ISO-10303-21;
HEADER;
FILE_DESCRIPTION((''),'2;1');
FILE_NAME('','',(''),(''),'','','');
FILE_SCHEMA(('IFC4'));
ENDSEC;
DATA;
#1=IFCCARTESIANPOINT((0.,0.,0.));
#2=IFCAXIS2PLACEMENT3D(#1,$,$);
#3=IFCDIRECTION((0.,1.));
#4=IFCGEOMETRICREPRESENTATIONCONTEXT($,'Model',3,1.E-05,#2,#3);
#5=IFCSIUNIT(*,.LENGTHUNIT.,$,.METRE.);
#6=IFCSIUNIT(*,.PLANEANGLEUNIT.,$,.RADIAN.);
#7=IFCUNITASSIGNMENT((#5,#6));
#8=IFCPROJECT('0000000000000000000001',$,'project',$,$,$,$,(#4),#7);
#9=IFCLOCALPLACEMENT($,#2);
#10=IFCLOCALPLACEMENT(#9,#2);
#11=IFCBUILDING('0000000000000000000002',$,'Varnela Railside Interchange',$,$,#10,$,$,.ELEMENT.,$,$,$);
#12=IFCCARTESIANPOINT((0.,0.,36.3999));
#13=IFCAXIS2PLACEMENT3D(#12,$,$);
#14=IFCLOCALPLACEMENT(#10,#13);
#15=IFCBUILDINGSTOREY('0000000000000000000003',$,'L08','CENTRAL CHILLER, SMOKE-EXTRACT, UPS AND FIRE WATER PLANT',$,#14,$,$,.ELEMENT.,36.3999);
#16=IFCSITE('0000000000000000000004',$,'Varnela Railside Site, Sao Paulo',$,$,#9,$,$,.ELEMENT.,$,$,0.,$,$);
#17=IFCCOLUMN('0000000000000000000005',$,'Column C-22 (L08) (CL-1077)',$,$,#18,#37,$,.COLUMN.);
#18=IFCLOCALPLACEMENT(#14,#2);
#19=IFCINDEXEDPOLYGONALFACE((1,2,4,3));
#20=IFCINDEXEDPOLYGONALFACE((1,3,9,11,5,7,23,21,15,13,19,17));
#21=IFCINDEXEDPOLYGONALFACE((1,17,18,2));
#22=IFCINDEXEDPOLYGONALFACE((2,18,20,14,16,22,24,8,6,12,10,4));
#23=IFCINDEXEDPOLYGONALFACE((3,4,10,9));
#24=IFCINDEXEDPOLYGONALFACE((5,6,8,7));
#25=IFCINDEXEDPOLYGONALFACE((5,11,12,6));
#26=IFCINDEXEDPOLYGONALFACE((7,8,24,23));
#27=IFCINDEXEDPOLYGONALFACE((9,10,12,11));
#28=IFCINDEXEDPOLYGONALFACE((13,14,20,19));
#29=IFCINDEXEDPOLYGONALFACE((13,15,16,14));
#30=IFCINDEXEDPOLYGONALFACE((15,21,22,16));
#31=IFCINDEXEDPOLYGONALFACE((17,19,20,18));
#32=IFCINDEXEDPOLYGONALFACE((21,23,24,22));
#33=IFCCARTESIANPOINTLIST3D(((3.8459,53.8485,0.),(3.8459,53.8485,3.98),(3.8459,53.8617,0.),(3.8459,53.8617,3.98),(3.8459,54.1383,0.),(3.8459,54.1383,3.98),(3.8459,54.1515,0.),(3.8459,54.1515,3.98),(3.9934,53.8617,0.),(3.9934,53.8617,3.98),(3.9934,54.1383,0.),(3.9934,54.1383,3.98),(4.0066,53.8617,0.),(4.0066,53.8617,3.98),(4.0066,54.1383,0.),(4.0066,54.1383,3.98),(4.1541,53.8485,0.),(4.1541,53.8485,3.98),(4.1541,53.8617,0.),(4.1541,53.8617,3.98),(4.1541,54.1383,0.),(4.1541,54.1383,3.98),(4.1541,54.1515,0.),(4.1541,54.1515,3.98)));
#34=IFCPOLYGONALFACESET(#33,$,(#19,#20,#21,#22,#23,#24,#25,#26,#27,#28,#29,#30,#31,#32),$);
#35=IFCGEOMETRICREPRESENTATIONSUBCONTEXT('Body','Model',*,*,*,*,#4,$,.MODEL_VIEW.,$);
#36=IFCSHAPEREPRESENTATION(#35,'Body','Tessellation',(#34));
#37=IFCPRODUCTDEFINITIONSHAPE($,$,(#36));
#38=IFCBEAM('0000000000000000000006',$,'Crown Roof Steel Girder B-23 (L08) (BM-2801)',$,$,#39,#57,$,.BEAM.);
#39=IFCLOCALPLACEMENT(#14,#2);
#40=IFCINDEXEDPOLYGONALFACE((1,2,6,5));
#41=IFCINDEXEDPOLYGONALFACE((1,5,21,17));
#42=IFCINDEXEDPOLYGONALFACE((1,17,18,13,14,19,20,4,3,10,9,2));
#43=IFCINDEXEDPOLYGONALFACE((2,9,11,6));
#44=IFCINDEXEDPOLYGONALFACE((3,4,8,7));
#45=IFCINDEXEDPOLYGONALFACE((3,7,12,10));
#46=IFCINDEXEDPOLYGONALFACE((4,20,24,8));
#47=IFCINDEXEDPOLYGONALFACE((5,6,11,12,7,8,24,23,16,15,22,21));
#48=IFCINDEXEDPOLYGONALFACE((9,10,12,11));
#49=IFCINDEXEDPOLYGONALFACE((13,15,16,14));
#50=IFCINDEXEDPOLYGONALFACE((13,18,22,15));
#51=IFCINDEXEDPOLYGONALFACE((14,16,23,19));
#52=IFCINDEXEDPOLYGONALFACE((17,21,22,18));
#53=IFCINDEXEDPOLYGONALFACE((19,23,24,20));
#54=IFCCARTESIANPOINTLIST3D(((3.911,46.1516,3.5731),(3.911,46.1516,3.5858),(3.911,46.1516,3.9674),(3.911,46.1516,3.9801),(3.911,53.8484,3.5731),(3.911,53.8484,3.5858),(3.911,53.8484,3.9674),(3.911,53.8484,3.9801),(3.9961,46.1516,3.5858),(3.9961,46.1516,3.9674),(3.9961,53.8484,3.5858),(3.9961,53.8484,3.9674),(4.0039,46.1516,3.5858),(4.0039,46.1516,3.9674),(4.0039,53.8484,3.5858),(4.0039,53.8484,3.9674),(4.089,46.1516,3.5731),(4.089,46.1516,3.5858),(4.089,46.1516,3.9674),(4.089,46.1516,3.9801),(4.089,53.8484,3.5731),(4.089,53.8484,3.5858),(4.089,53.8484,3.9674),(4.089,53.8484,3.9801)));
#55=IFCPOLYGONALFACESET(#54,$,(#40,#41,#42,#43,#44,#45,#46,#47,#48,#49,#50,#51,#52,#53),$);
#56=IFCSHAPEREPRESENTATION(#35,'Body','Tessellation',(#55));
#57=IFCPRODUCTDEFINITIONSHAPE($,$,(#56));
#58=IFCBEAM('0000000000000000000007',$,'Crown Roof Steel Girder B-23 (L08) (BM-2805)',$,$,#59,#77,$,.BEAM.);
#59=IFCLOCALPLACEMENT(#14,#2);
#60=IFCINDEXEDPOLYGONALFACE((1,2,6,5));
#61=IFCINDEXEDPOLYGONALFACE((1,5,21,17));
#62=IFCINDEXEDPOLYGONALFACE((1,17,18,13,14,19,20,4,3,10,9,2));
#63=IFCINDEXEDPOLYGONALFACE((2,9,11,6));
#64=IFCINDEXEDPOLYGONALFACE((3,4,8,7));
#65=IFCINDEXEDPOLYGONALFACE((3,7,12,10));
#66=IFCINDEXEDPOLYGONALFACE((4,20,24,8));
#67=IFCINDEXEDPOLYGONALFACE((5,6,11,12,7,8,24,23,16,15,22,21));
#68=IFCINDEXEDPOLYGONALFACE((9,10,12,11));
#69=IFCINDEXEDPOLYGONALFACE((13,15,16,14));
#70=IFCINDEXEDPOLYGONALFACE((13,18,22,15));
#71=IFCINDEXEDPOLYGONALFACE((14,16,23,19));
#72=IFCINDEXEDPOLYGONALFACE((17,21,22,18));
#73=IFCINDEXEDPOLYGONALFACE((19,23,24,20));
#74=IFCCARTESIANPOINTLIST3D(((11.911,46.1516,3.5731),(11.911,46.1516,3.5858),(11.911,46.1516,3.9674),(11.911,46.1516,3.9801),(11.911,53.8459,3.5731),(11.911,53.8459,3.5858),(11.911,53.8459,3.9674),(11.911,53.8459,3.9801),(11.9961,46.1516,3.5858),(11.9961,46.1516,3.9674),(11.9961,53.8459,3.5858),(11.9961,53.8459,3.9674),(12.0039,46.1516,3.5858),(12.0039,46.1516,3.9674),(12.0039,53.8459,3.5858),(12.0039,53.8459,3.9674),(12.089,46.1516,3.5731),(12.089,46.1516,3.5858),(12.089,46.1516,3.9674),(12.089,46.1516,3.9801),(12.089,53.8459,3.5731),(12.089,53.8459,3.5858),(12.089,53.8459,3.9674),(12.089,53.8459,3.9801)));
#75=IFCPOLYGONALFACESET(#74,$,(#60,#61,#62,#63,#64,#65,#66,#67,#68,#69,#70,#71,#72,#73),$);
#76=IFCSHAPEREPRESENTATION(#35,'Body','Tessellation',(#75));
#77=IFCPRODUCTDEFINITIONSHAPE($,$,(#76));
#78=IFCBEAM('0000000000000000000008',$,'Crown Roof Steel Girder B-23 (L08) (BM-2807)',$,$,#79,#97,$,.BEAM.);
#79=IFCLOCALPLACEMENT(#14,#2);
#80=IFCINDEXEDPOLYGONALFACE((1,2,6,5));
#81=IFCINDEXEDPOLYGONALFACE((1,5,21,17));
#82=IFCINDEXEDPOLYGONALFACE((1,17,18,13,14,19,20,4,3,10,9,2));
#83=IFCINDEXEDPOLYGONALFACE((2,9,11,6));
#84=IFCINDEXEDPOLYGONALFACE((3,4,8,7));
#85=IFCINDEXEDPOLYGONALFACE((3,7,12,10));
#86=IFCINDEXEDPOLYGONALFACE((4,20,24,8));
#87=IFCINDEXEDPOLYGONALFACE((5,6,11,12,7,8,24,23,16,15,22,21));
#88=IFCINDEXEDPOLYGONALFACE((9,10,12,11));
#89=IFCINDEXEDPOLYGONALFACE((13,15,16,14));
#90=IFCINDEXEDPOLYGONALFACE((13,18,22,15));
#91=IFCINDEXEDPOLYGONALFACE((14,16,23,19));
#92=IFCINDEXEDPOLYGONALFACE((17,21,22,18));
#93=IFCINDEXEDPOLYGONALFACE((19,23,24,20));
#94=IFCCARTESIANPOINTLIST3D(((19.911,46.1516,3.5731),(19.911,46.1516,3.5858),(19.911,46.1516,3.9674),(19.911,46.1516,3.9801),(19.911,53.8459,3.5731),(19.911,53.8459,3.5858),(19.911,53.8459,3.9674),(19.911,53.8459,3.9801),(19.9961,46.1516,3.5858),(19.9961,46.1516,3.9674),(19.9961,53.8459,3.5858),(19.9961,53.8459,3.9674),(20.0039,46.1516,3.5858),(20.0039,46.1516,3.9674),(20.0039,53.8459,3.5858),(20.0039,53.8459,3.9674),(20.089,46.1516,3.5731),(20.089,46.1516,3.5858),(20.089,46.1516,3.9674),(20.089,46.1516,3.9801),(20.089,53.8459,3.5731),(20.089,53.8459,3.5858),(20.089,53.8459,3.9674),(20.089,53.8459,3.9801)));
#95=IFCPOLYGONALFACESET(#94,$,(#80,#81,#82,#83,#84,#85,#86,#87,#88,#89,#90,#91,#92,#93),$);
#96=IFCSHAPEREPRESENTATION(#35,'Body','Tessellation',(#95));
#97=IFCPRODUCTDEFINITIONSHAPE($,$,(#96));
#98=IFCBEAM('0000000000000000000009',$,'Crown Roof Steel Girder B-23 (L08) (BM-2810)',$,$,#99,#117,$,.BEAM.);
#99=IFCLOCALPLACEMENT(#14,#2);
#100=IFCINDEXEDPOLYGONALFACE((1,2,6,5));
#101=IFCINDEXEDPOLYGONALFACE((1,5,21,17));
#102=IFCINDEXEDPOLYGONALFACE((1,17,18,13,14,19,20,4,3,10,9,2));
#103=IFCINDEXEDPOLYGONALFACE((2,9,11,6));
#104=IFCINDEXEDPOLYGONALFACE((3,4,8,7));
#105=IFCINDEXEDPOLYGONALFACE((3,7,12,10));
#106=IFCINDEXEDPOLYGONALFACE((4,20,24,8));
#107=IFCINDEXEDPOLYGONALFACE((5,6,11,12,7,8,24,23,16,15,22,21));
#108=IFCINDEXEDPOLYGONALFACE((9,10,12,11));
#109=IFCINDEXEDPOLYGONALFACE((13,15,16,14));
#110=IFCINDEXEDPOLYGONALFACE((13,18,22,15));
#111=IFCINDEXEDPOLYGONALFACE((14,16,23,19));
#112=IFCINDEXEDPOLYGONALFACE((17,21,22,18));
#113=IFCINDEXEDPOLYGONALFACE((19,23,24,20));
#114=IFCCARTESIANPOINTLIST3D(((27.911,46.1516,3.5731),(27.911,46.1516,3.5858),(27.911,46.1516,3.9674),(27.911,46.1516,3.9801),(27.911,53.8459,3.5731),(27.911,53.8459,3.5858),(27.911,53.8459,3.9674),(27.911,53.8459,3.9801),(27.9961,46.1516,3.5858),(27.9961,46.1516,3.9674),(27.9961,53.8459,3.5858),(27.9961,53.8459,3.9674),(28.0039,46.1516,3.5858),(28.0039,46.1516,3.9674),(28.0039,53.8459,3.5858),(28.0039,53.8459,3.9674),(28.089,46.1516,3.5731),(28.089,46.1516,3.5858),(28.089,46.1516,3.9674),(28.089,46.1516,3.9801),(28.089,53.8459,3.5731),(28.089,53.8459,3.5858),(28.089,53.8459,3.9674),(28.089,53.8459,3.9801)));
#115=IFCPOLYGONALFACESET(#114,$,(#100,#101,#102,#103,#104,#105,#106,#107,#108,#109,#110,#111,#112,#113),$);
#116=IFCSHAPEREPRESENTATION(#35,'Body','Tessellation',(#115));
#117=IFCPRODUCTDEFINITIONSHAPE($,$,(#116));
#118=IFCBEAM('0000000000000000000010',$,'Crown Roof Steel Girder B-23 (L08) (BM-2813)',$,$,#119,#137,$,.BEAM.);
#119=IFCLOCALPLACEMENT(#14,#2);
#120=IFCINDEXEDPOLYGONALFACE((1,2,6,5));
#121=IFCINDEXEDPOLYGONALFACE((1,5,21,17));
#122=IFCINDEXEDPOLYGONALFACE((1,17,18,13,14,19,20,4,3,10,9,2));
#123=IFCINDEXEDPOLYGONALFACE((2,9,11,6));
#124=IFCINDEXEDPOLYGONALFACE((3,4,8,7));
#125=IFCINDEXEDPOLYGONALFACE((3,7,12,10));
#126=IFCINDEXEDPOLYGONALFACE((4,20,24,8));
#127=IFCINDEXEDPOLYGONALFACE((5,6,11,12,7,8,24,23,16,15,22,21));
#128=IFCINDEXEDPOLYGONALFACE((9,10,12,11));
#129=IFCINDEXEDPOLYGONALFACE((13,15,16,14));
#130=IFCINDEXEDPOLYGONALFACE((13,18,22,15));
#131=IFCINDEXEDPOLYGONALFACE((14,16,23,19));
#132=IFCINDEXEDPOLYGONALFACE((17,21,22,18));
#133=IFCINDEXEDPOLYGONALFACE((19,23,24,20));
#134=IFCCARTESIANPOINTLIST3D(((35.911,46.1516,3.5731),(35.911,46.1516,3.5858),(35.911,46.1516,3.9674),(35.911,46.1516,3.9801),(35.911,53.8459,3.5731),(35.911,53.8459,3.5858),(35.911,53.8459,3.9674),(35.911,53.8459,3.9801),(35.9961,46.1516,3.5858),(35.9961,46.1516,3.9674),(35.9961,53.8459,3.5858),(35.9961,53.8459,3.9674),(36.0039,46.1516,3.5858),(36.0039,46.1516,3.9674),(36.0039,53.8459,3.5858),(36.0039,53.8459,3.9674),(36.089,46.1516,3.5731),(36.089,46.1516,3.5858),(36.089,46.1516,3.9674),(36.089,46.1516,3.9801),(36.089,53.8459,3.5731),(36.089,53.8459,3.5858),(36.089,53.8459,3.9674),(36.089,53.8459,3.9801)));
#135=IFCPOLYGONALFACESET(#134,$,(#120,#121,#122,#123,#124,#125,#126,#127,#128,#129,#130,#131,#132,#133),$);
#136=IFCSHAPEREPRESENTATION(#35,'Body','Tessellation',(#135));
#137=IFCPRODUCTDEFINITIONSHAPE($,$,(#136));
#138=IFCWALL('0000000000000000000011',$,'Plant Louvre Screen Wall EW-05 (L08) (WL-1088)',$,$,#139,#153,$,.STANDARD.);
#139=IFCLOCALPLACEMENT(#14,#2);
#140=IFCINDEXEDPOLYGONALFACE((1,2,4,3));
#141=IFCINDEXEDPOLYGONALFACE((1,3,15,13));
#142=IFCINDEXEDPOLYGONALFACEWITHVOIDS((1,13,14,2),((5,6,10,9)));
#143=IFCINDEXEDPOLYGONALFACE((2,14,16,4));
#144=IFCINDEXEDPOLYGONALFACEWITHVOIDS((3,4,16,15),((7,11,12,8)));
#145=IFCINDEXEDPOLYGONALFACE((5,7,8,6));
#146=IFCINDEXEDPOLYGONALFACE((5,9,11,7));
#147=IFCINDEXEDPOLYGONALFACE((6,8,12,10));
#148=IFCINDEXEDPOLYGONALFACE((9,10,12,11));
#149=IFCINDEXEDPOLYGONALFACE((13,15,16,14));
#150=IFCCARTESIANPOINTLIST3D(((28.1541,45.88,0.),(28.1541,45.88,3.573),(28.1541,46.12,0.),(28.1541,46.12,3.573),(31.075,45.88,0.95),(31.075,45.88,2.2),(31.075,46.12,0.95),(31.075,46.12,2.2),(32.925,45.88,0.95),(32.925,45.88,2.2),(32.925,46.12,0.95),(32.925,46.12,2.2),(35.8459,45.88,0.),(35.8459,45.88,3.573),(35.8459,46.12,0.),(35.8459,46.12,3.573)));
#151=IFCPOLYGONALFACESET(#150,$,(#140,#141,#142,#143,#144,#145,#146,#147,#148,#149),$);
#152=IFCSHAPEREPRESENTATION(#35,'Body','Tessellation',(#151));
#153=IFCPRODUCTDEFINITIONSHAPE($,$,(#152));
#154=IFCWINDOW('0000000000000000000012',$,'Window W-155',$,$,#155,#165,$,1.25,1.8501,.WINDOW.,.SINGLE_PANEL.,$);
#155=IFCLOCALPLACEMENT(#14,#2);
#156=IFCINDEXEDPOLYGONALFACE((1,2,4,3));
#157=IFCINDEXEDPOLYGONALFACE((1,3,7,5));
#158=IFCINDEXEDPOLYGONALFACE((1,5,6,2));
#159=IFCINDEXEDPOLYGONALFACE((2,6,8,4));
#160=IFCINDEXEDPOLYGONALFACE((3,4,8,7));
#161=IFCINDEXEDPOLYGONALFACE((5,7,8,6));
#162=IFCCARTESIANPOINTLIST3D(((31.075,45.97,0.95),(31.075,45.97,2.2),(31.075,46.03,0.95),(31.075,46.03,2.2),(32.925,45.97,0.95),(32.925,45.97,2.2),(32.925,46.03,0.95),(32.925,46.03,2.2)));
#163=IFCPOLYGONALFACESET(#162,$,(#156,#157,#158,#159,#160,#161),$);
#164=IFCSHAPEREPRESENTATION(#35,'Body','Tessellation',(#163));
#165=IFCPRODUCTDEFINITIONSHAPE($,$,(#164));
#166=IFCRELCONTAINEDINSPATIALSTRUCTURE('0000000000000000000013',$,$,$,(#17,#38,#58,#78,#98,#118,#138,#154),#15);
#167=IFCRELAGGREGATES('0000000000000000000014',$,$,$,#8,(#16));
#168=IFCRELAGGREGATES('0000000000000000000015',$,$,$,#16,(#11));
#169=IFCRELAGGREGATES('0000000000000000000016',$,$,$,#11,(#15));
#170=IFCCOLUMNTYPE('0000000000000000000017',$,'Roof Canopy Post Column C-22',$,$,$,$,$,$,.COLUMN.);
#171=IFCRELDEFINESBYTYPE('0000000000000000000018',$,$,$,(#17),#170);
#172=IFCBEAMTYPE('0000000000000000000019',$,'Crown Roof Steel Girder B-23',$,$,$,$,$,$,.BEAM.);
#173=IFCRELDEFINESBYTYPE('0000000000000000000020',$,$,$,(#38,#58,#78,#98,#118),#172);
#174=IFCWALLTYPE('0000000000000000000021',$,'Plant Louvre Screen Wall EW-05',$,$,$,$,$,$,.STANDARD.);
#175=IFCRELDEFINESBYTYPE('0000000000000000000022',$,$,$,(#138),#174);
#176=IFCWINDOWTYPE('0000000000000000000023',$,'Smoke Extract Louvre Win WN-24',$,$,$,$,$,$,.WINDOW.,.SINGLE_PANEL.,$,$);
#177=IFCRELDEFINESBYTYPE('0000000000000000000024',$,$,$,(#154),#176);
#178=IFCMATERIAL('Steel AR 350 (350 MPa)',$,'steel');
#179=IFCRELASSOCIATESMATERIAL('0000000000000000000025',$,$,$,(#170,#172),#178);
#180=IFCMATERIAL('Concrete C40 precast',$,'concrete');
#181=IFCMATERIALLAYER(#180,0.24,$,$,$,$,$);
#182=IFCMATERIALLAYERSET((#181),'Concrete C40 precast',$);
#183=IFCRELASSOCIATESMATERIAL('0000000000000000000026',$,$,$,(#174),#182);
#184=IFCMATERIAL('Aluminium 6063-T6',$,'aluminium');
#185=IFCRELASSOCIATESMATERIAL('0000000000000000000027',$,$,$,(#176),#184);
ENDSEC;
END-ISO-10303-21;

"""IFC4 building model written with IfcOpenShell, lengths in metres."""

from ifc_helpers import new_model, si_unit, direction, frame, frame_2d, origin, origin_2d, place, context, subcontext, project, spatial, rectangle, i_section, extrude, material, layer, layer_set, material_profile, profile_set, type_object, element, fill, save


model = new_model("IFC4")

# Units and contexts
model_context = context("Model", 3, precision=1e-05, world=origin(), true_north=direction((0.0, 1.0)))
body_context = subcontext(model_context, "Body", "Model", "MODEL_VIEW")
ifc_project = project(units=[si_unit("LENGTHUNIT", "METRE"), si_unit("PLANEANGLEUNIT", "RADIAN")], contexts=[model_context])

# Site, building, storey
site_placement = place(None, origin())
site = spatial("IfcSite", under=ifc_project, at=site_placement, Name="Varnela Railside Site, Sao Paulo", CompositionType="ELEMENT", RefElevation=0.0)
building_placement = place(site_placement, origin())
building = spatial("IfcBuilding", under=site, at=building_placement, Name="Varnela Railside Interchange", CompositionType="ELEMENT")
storey_placement = place(building_placement, frame((0.0, 0.0, 36.3999)))
storey = spatial("IfcBuildingStorey", under=building, at=storey_placement, Name="L08", Description="CENTRAL CHILLER, SMOKE-EXTRACT, UPS AND FIRE WATER PLANT", CompositionType="ELEMENT", Elevation=36.3999)

# Column
ifc_material_1 = material(Name="Steel AR 350 (350 MPa)", Category="steel")
ifc_material_profile_1 = material_profile(ifc_material_1, i_section(OverallWidth=0.3081, OverallDepth=0.303, WebThickness=0.0132, FlangeThickness=0.0132, at=origin_2d()), Name="HP310x93")
ifc_profile_set_1 = profile_set([ifc_material_profile_1], Name="Steel AR 350 (350 MPa)")
column_type = type_object("IfcColumnType", Name="Roof Canopy Post Column C-22", PredefinedType="COLUMN", material=ifc_profile_set_1)
column_placement = place(storey_placement, frame((4.0, 54.0, 0.0), z_axis=(0.0, 0.0, 1.0), x_axis=(1.0, 0.0, 0.0)))
element("IfcColumn", 1, at=column_placement, inside=storey, type_object=column_type, Name="Column C-22 (L08) (CL-1077)", PredefinedType="COLUMN", context=body_context, shape_type="SweptSolid", body=[
    extrude(i_section(OverallWidth=0.3081, OverallDepth=0.303, WebThickness=0.0132, FlangeThickness=0.0132, at=origin_2d()), origin(), (0.0, 0.0, 1.0), 3.98),
])

# Beams
ifc_material_profile_2 = material_profile(ifc_material_1, i_section(OverallWidth=0.178, OverallDepth=0.407, WebThickness=0.0078, FlangeThickness=0.0127, at=origin_2d()), Name="W410x60")
ifc_profile_set_2 = profile_set([ifc_material_profile_2], Name="Steel AR 350 (350 MPa)")
beam_type = type_object("IfcBeamType", Name="Crown Roof Steel Girder B-23", PredefinedType="BEAM", material=ifc_profile_set_2)
beam_placement = place(storey_placement, frame((4.0, 46.1516, 3.7766), z_axis=(0.0, 1.0, 0.0), x_axis=(-1.0, 0.0, 0.0)))
element("IfcBeam", 2, at=beam_placement, inside=storey, type_object=beam_type, Name="Crown Roof Steel Girder B-23 (L08) (BM-2801)", PredefinedType="BEAM", context=body_context, shape_type="SweptSolid", body=[
    extrude(i_section(OverallWidth=0.178, OverallDepth=0.407, WebThickness=0.0078, FlangeThickness=0.0127, at=origin_2d()), origin(), (0.0, 0.0, 1.0), 7.6968),
])
for number, where, z_axis, x_axis, name in (
    (3, (12.0, 46.1516, 3.7766), (0.0, 1.0, 0.0), (-1.0, 0.0, 0.0), "Crown Roof Steel Girder B-23 (L08) (BM-2805)"),
    (4, (20.0, 46.1516, 3.7766), (0.0, 1.0, 0.0), (-1.0, 0.0, 0.0), "Crown Roof Steel Girder B-23 (L08) (BM-2807)"),
    (5, (28.0, 46.1516, 3.7766), (0.0, 1.0, 0.0), (-1.0, 0.0, 0.0), "Crown Roof Steel Girder B-23 (L08) (BM-2810)"),
    (6, (36.0, 46.1516, 3.7766), (0.0, 1.0, 0.0), (-1.0, 0.0, 0.0), "Crown Roof Steel Girder B-23 (L08) (BM-2813)"),
):
    element("IfcBeam", number, at=place(storey_placement, frame(where, z_axis=z_axis, x_axis=x_axis)), inside=storey, type_object=beam_type, Name=name, PredefinedType="BEAM", context=body_context, shape_type="SweptSolid", body=[
        extrude(i_section(OverallWidth=0.178, OverallDepth=0.407, WebThickness=0.0078, FlangeThickness=0.0127, at=origin_2d()), origin(), (0.0, 0.0, 1.0), 7.6943),
    ])

# Wall, opening, window
ifc_material_2 = material(Name="Concrete C40 precast", Category="concrete")
ifc_layer_1 = layer(ifc_material_2, 0.24)
ifc_layer_set_1 = layer_set([ifc_layer_1], Name="Concrete C40 precast")
wall_type_1 = type_object("IfcWallType", Name="Plant Louvre Screen Wall EW-05", PredefinedType="STANDARD", material=ifc_layer_set_1)
wall_1_placement = place(storey_placement, frame((35.8459, 46.0, 0.0), z_axis=(0.0, 0.0, 1.0), x_axis=(-1.0, 0.0, 0.0)))
wall_1 = element("IfcWall", 7, at=wall_1_placement, inside=storey, type_object=wall_type_1, Name="Plant Louvre Screen Wall EW-05 (L08) (WL-1088)", PredefinedType="STANDARD", context=body_context, shape_type="SweptSolid", body=[
    extrude(rectangle(XDim=7.6919, YDim=0.24, at=frame_2d((3.8459, 0.0))), origin(), (0.0, 0.0, 1.0), 3.573),
])
opening_1_placement = place(wall_1_placement, frame((2.9209, 0.0, 0.95)))
opening_1 = element("IfcOpeningElement", 8, at=opening_1_placement, cuts=wall_1, PredefinedType="OPENING", context=body_context, shape_type="SweptSolid", body=[
    extrude(rectangle(XDim=1.8501, YDim=1.25, at=frame_2d((0.925, 0.625))), frame((0.0, 0.1299, 0.0), z_axis=(0.0, -1.0, 0.0), x_axis=(1.0, 0.0, 0.0)), (0.0, 0.0, 1.0), 0.26),
])
ifc_material_3 = material(Name="Aluminium 6063-T6", Category="aluminium")
window_type_1 = type_object("IfcWindowType", Name="Smoke Extract Louvre Win WN-24", PartitioningType="SINGLE_PANEL", PredefinedType="WINDOW", material=ifc_material_3)
window_1_placement = place(opening_1_placement, origin())
window_1 = element("IfcWindow", 9, at=window_1_placement, inside=storey, type_object=window_type_1, Name="Window W-155", OverallHeight=1.25, OverallWidth=1.8501, PartitioningType="SINGLE_PANEL", PredefinedType="WINDOW", context=body_context, shape_type="SweptSolid", body=[
    extrude(rectangle(XDim=1.8501, YDim=1.25, at=frame_2d((0.925, 0.625))), frame((0.0, 0.03, 0.0), z_axis=(0.0, -1.0, 0.0), x_axis=(1.0, 0.0, 0.0)), (0.0, 0.0, 1.0), 0.0601),
])
fill(opening_1, window_1)

save(model, "model.ifc")
